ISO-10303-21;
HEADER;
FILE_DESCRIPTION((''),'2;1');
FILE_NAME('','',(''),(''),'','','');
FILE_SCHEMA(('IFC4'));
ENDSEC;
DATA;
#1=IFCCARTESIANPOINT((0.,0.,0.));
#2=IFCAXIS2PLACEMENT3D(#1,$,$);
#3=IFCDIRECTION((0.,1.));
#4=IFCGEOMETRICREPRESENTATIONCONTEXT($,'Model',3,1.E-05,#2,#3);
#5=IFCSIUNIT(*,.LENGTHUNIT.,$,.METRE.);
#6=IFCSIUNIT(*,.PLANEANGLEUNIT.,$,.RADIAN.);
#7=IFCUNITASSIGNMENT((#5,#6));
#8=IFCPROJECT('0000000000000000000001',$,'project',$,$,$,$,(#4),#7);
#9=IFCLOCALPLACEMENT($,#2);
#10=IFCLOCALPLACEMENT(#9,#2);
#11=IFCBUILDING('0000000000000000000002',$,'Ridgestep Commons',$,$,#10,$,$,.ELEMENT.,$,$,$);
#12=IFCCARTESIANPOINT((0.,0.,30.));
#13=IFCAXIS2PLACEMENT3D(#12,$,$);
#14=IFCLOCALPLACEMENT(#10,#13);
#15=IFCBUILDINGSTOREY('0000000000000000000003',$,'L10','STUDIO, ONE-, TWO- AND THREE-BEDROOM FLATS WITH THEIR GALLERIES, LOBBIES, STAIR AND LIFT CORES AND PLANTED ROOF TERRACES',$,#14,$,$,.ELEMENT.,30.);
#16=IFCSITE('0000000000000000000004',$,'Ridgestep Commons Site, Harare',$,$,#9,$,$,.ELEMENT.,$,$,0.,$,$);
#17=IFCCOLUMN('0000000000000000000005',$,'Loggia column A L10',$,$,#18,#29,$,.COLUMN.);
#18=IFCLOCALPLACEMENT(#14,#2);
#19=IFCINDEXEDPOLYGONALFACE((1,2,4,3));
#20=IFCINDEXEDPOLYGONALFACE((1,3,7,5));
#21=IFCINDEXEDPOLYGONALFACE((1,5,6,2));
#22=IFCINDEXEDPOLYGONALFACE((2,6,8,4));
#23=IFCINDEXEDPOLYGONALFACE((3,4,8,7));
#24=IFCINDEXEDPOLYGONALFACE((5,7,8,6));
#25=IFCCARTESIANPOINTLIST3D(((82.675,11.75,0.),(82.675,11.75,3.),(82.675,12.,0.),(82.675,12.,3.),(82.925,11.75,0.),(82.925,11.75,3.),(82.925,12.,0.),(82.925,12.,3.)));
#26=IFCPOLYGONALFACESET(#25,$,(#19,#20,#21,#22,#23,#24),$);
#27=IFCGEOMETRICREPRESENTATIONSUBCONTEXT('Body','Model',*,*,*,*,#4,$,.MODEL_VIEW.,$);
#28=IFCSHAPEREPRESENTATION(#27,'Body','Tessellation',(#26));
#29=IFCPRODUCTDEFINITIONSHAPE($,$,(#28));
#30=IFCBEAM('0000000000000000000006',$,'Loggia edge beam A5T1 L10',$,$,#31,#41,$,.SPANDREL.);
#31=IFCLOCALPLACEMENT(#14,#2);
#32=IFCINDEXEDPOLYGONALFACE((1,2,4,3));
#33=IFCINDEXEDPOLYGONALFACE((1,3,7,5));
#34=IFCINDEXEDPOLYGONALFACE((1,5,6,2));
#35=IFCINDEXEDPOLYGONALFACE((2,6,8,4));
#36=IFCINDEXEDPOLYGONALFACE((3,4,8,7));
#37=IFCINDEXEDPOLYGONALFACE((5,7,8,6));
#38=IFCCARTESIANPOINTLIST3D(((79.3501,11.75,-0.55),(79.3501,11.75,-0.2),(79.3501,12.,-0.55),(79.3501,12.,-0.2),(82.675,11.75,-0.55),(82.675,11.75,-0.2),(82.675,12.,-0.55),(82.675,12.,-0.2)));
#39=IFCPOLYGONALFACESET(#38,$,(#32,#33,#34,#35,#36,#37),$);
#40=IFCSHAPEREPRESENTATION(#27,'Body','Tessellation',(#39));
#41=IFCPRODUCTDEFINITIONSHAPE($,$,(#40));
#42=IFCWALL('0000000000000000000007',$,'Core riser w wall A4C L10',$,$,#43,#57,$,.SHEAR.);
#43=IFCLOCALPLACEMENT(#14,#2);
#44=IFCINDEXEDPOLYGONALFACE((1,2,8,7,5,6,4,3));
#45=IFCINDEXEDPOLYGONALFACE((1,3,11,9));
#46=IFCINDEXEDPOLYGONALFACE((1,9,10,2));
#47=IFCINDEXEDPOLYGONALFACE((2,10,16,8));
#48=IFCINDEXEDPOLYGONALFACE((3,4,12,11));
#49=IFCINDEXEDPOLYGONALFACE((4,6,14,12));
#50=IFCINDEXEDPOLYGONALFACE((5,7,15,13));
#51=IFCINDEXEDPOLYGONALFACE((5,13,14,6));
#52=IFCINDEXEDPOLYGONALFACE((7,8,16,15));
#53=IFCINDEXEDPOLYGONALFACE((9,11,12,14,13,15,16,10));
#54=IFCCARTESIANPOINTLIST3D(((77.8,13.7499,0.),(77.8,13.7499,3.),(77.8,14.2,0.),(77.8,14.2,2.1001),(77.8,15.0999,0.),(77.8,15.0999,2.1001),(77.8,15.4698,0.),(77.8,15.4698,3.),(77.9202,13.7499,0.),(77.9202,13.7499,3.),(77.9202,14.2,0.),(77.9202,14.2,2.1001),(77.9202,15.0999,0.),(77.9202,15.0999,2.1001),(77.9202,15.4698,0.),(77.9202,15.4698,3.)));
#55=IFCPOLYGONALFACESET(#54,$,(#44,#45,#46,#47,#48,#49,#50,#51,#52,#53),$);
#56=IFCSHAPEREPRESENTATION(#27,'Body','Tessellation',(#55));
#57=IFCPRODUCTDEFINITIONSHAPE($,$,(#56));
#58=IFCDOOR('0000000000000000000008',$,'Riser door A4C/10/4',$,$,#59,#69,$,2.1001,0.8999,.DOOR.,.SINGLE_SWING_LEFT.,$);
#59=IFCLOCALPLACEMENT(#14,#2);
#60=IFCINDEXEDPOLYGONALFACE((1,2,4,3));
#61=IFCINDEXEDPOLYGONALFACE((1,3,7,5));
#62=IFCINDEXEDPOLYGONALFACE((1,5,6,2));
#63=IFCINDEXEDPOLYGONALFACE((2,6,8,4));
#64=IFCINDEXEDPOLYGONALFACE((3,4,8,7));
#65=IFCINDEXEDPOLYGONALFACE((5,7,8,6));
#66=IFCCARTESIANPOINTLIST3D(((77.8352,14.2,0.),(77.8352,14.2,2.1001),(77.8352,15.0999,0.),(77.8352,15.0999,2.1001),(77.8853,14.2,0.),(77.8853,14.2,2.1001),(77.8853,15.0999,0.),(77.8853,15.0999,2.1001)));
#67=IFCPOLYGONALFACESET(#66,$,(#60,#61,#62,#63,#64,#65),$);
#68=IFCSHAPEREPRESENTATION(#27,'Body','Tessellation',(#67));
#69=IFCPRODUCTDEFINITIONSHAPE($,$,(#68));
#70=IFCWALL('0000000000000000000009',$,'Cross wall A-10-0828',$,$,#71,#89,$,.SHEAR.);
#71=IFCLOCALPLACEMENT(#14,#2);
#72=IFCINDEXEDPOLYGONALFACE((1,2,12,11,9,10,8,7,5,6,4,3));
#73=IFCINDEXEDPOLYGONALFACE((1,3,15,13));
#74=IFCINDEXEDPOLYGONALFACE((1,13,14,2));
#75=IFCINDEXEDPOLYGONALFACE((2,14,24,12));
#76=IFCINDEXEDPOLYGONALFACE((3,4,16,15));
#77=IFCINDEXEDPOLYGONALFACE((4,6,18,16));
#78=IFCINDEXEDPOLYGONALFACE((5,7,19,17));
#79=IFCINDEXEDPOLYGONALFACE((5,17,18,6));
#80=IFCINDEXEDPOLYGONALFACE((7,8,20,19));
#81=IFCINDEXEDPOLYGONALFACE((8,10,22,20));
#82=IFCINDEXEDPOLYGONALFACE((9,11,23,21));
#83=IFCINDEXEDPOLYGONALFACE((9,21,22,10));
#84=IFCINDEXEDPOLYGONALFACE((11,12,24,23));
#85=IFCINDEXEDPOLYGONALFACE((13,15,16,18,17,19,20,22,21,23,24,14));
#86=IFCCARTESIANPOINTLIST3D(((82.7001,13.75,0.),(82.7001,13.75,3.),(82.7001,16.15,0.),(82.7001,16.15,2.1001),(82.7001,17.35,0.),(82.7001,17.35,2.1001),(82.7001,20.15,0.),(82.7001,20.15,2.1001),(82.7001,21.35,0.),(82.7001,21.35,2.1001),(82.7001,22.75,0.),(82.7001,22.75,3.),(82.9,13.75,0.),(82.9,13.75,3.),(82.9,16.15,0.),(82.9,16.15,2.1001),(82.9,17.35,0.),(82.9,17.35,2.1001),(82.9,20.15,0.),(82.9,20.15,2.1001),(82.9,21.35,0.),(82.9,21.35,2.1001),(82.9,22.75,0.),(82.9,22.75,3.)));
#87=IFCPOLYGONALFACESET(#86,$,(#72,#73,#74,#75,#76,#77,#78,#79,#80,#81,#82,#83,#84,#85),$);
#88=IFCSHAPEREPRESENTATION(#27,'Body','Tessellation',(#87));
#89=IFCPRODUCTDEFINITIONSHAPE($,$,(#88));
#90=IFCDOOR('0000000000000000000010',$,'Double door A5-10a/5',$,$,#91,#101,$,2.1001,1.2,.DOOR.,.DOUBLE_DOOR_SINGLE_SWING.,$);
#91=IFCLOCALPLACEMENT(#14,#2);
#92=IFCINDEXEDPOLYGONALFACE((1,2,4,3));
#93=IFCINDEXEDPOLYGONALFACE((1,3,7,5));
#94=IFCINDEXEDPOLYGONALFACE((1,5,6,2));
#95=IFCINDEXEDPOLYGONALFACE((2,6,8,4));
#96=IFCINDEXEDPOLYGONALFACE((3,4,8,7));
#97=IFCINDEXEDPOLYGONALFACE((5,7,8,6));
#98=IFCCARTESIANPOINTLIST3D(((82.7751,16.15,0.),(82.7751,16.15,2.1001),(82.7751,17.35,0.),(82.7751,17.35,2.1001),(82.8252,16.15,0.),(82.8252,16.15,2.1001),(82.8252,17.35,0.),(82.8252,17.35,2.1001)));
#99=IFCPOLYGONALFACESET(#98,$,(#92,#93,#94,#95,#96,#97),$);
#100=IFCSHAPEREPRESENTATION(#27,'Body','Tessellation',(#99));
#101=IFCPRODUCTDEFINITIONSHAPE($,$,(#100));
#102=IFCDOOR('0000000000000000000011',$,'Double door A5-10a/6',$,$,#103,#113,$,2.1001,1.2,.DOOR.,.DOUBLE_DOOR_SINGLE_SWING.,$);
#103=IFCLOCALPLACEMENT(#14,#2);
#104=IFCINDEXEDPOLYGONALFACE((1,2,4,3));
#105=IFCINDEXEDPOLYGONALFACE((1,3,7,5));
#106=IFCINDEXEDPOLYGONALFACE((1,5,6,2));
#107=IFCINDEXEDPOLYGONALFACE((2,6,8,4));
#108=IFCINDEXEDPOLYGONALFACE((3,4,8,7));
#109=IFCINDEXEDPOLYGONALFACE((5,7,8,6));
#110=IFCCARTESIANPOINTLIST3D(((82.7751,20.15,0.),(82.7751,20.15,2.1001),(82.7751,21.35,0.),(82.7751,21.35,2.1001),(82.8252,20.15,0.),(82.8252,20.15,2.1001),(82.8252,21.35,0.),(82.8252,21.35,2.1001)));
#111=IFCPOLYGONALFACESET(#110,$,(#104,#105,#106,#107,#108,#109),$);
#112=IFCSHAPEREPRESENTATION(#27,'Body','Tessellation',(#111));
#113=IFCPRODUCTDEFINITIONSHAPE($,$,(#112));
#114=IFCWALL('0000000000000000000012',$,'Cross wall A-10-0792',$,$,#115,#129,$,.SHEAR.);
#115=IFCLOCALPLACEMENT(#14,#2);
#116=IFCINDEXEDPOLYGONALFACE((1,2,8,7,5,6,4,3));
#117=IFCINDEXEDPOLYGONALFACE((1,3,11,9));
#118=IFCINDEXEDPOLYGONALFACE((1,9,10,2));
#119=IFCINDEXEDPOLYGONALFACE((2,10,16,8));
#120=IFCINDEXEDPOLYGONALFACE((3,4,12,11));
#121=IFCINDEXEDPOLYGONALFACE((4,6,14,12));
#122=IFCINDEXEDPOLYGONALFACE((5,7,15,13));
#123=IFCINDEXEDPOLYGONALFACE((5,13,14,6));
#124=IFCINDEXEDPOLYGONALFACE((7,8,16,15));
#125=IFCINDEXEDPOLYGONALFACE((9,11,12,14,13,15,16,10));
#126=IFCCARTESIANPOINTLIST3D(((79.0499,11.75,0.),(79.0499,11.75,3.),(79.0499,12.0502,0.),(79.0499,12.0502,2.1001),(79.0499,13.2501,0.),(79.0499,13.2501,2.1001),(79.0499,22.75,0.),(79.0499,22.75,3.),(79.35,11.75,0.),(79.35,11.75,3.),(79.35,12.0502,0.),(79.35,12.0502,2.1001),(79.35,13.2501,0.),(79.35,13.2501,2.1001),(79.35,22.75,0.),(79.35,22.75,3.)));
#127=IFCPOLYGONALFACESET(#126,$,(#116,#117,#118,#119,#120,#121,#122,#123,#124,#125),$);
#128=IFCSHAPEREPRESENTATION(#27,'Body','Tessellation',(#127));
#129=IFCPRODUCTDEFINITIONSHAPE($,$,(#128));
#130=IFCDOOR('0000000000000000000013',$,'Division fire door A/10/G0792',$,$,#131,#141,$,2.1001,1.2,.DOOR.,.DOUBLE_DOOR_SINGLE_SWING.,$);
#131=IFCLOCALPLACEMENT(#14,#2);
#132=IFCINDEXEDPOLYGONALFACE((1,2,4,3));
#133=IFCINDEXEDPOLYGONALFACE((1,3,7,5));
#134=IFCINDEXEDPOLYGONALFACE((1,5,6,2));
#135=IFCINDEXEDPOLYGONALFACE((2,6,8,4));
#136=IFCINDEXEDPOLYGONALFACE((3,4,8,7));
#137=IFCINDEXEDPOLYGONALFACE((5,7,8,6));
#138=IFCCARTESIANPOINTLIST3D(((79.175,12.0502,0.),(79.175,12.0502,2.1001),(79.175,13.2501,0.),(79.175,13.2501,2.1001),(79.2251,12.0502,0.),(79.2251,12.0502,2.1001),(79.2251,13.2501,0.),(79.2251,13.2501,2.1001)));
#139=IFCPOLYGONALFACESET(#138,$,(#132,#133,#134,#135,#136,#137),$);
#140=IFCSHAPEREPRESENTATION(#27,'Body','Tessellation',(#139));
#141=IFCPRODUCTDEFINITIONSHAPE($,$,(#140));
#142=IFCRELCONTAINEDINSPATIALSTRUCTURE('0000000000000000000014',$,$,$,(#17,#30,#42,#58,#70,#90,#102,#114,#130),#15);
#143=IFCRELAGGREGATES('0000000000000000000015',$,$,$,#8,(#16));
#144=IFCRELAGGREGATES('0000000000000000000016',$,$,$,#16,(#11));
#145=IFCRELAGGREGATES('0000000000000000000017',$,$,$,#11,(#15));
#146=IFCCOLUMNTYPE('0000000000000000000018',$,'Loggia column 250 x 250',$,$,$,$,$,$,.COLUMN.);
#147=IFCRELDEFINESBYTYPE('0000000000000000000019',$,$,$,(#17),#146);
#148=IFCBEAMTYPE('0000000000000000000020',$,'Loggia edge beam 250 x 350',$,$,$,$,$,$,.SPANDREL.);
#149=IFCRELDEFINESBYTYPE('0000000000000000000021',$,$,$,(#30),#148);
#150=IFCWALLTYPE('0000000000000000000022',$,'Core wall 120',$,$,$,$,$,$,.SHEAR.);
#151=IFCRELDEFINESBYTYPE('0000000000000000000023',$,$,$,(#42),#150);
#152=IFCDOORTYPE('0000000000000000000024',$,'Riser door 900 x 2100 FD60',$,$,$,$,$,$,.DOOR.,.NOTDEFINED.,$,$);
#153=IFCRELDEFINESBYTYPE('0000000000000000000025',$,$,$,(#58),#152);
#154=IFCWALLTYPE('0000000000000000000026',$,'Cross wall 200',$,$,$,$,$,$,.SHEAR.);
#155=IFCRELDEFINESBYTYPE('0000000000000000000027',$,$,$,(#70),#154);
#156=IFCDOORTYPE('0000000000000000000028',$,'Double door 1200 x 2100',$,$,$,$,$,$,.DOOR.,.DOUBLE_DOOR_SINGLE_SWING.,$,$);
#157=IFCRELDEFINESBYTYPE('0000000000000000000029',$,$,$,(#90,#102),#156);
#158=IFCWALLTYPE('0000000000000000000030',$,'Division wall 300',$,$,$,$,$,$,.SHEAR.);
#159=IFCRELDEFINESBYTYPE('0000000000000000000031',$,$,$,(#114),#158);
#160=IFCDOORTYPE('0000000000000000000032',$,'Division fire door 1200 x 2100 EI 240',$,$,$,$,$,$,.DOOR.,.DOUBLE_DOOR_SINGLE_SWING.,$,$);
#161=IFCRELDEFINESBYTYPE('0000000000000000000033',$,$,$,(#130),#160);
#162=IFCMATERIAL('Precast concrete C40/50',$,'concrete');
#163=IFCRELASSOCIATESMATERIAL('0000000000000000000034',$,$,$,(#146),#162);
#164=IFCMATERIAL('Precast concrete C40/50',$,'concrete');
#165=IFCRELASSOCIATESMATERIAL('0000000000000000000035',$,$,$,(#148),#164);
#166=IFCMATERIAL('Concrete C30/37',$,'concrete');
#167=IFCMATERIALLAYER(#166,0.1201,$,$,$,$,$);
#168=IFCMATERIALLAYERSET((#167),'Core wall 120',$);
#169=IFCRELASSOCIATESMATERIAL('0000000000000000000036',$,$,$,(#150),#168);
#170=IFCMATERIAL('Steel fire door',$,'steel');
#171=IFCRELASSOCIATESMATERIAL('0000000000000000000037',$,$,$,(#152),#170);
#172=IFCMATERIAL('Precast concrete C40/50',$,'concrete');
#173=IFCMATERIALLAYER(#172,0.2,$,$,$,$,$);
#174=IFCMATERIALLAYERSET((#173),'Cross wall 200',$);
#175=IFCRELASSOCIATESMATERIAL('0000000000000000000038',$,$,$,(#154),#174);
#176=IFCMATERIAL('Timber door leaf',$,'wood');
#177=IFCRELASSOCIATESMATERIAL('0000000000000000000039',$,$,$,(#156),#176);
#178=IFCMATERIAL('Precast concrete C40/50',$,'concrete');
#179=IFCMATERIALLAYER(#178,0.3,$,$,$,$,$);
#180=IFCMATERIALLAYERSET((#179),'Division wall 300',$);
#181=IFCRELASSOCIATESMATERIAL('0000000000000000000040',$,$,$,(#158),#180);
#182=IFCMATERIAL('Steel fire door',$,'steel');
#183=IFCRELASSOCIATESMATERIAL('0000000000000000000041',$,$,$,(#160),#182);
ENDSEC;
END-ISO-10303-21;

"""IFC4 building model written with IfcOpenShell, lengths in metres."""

from ifc_helpers import new_model, si_unit, direction, frame, frame_2d, origin, origin_2d, place, context, subcontext, project, spatial, rectangle, extrude, material, layer, layer_set, material_profile, profile_set, type_object, element, fill, save


model = new_model("IFC4")

# Units and contexts
model_context = context("Model", 3, precision=1e-05, world=origin(), true_north=direction((0.0, 1.0)))
body_context = subcontext(model_context, "Body", "Model", "MODEL_VIEW")
ifc_project = project(units=[si_unit("LENGTHUNIT", "METRE"), si_unit("PLANEANGLEUNIT", "RADIAN")], contexts=[model_context])

# Site, building, storey
site_placement = place(None, origin())
site = spatial("IfcSite", under=ifc_project, at=site_placement, Name="Ridgestep Commons Site, Harare", CompositionType="ELEMENT", RefElevation=0.0)
building_placement = place(site_placement, origin())
building = spatial("IfcBuilding", under=site, at=building_placement, Name="Ridgestep Commons", CompositionType="ELEMENT")
storey_placement = place(building_placement, frame((0.0, 0.0, 30.0)))
storey = spatial("IfcBuildingStorey", under=building, at=storey_placement, Name="L10", Description="STUDIO, ONE-, TWO- AND THREE-BEDROOM FLATS WITH THEIR GALLERIES, LOBBIES, STAIR AND LIFT CORES AND PLANTED ROOF TERRACES", CompositionType="ELEMENT", Elevation=30.0)

# Column
ifc_material_1 = material(Name="Precast concrete C40/50", Category="concrete")
ifc_material_profile_1 = material_profile(ifc_material_1, rectangle(XDim=0.25, YDim=0.25, at=origin_2d()), Name="PC 250x250")
ifc_profile_set_1 = profile_set([ifc_material_profile_1], Name="Precast concrete C40/50")
column_type = type_object("IfcColumnType", Name="Loggia column 250 x 250", PredefinedType="COLUMN", material=ifc_profile_set_1)
column_placement = place(storey_placement, frame((82.8, 11.875, 0.0), z_axis=(0.0, 0.0, 1.0), x_axis=(1.0, 0.0, 0.0)))
element("IfcColumn", 1, at=column_placement, inside=storey, type_object=column_type, Name="Loggia column A L10", PredefinedType="COLUMN", context=body_context, shape_type="SweptSolid", body=[
    extrude(rectangle(XDim=0.25, YDim=0.25, at=origin_2d()), origin(), (0.0, 0.0, 1.0), 3.0),
])

# Beam
ifc_material_2 = material(Name="Precast concrete C40/50", Category="concrete")
ifc_material_profile_2 = material_profile(ifc_material_2, rectangle(XDim=0.25, YDim=0.3501, at=origin_2d()), Name="PC 250x350")
ifc_profile_set_2 = profile_set([ifc_material_profile_2], Name="Precast concrete C40/50")
beam_type = type_object("IfcBeamType", Name="Loggia edge beam 250 x 350", PredefinedType="SPANDREL", material=ifc_profile_set_2)
beam_placement = place(storey_placement, frame((79.3501, 11.875, -0.375), z_axis=(1.0, 0.0, 0.0), x_axis=(0.0, 1.0, 0.0)))
element("IfcBeam", 2, at=beam_placement, inside=storey, type_object=beam_type, Name="Loggia edge beam A5T1 L10", PredefinedType="SPANDREL", context=body_context, shape_type="SweptSolid", body=[
    extrude(rectangle(XDim=0.25, YDim=0.3501, at=origin_2d()), origin(), (0.0, 0.0, 1.0), 3.325),
])

# Wall, opening, door
ifc_material_3 = material(Name="Concrete C30/37", Category="concrete")
ifc_layer_1 = layer(ifc_material_3, 0.1201)
ifc_layer_set_1 = layer_set([ifc_layer_1], Name="Core wall 120")
wall_type_1 = type_object("IfcWallType", Name="Core wall 120", PredefinedType="SHEAR", material=ifc_layer_set_1)
wall_1_placement = place(storey_placement, frame((77.8601, 13.75, 0.0), z_axis=(0.0, 0.0, 1.0), x_axis=(0.0, 1.0, 0.0)))
wall_1 = element("IfcWall", 3, at=wall_1_placement, inside=storey, type_object=wall_type_1, Name="Core riser w wall A4C L10", PredefinedType="SHEAR", context=body_context, shape_type="SweptSolid", body=[
    extrude(rectangle(XDim=1.72, YDim=0.1201, at=frame_2d((0.8599, 0.0))), origin(), (0.0, 0.0, 1.0), 3.0),
])
opening_1_placement = place(wall_1_placement, frame((0.45, 0.0, 0.0)))
opening_1 = element("IfcOpeningElement", 4, at=opening_1_placement, cuts=wall_1, PredefinedType="OPENING", context=body_context, shape_type="SweptSolid", body=[
    extrude(rectangle(XDim=0.8999, YDim=2.1001, at=frame_2d((0.45, 1.05))), frame((0.0, 0.0701, 0.0), z_axis=(0.0, -1.0, 0.0), x_axis=(1.0, 0.0, 0.0)), (0.0, 0.0, 1.0), 0.1401),
])
ifc_material_4 = material(Name="Steel fire door", Category="steel")
door_type_1 = type_object("IfcDoorType", Name="Riser door 900 x 2100 FD60", OperationType="NOTDEFINED", PredefinedType="DOOR", material=ifc_material_4)
door_1_placement = place(opening_1_placement, origin())
door_1 = element("IfcDoor", 5, at=door_1_placement, inside=storey, type_object=door_type_1, Name="Riser door A4C/10/4", OperationType="SINGLE_SWING_LEFT", OverallHeight=2.1001, OverallWidth=0.8999, PredefinedType="DOOR", context=body_context, shape_type="SweptSolid", body=[
    extrude(rectangle(XDim=0.8999, YDim=2.1001, at=frame_2d((0.45, 1.05))), frame((0.0, 0.0249, 0.0), z_axis=(0.0, -1.0, 0.0), x_axis=(1.0, 0.0, 0.0)), (0.0, 0.0, 1.0), 0.05),
])
fill(opening_1, door_1)

# Wall, openings, doors
ifc_material_5 = material(Name="Precast concrete C40/50", Category="concrete")
ifc_layer_2 = layer(ifc_material_5, 0.2)
ifc_layer_set_2 = layer_set([ifc_layer_2], Name="Cross wall 200")
wall_type_2 = type_object("IfcWallType", Name="Cross wall 200", PredefinedType="SHEAR", material=ifc_layer_set_2)
wall_2_placement = place(storey_placement, frame((82.8, 13.75, 0.0), z_axis=(0.0, 0.0, 1.0), x_axis=(0.0, 1.0, 0.0)))
wall_2 = element("IfcWall", 6, at=wall_2_placement, inside=storey, type_object=wall_type_2, Name="Cross wall A-10-0828", PredefinedType="SHEAR", context=body_context, shape_type="SweptSolid", body=[
    extrude(rectangle(XDim=9.0, YDim=0.2, at=frame_2d((4.5, 0.0))), origin(), (0.0, 0.0, 1.0), 3.0),
])
opening_2_placement = place(wall_2_placement, frame((2.3999, 0.0, 0.0)))
opening_2 = element("IfcOpeningElement", 7, at=opening_2_placement, cuts=wall_2, PredefinedType="OPENING", context=body_context, shape_type="SweptSolid", body=[
    extrude(rectangle(XDim=1.2, YDim=2.1001, at=frame_2d((0.6001, 1.05))), frame((0.0, 0.1099, 0.0), z_axis=(0.0, -1.0, 0.0), x_axis=(1.0, 0.0, 0.0)), (0.0, 0.0, 1.0), 0.22),
])
opening_3_placement = place(wall_2_placement, frame((6.3999, 0.0, 0.0)))
opening_3 = element("IfcOpeningElement", 8, at=opening_3_placement, cuts=wall_2, PredefinedType="OPENING", context=body_context, shape_type="SweptSolid", body=[
    extrude(rectangle(XDim=1.2, YDim=2.1001, at=frame_2d((0.6001, 1.05))), frame((0.0, 0.1099, 0.0), z_axis=(0.0, -1.0, 0.0), x_axis=(1.0, 0.0, 0.0)), (0.0, 0.0, 1.0), 0.22),
])
ifc_material_6 = material(Name="Timber door leaf", Category="wood")
door_type_2 = type_object("IfcDoorType", Name="Double door 1200 x 2100", OperationType="DOUBLE_DOOR_SINGLE_SWING", PredefinedType="DOOR", material=ifc_material_6)
door_2_placement = place(opening_2_placement, origin())
door_2 = element("IfcDoor", 9, at=door_2_placement, inside=storey, type_object=door_type_2, Name="Double door A5-10a/5", OperationType="DOUBLE_DOOR_SINGLE_SWING", OverallHeight=2.1001, OverallWidth=1.2, PredefinedType="DOOR", context=body_context, shape_type="SweptSolid", body=[
    extrude(rectangle(XDim=1.2, YDim=2.1001, at=frame_2d((0.6001, 1.05))), frame((0.0, 0.0249, 0.0), z_axis=(0.0, -1.0, 0.0), x_axis=(1.0, 0.0, 0.0)), (0.0, 0.0, 1.0), 0.05),
])
fill(opening_2, door_2)
door_3_placement = place(opening_3_placement, origin())
door_3 = element("IfcDoor", 10, at=door_3_placement, inside=storey, type_object=door_type_2, Name="Double door A5-10a/6", OperationType="DOUBLE_DOOR_SINGLE_SWING", OverallHeight=2.1001, OverallWidth=1.2, PredefinedType="DOOR", context=body_context, shape_type="SweptSolid", body=[
    extrude(rectangle(XDim=1.2, YDim=2.1001, at=frame_2d((0.6001, 1.05))), frame((0.0, 0.0249, 0.0), z_axis=(0.0, -1.0, 0.0), x_axis=(1.0, 0.0, 0.0)), (0.0, 0.0, 1.0), 0.05),
])
fill(opening_3, door_3)

# Wall, opening, door
ifc_material_7 = material(Name="Precast concrete C40/50", Category="concrete")
ifc_layer_3 = layer(ifc_material_7, 0.3)
ifc_layer_set_3 = layer_set([ifc_layer_3], Name="Division wall 300")
wall_type_3 = type_object("IfcWallType", Name="Division wall 300", PredefinedType="SHEAR", material=ifc_layer_set_3)
wall_3_placement = place(storey_placement, frame((79.2, 11.75, 0.0), z_axis=(0.0, 0.0, 1.0), x_axis=(0.0, 1.0, 0.0)))
wall_3 = element("IfcWall", 11, at=wall_3_placement, inside=storey, type_object=wall_type_3, Name="Cross wall A-10-0792", PredefinedType="SHEAR", context=body_context, shape_type="SweptSolid", body=[
    extrude(rectangle(XDim=11.0, YDim=0.3, at=frame_2d((5.5, 0.0))), origin(), (0.0, 0.0, 1.0), 3.0),
])
opening_4_placement = place(wall_3_placement, frame((0.3, 0.0, 0.0)))
opening_4 = element("IfcOpeningElement", 12, at=opening_4_placement, cuts=wall_3, PredefinedType="OPENING", context=body_context, shape_type="SweptSolid", body=[
    extrude(rectangle(XDim=1.2, YDim=2.1001, at=frame_2d((0.6001, 1.05))), frame((0.0, 0.1599, 0.0), z_axis=(0.0, -1.0, 0.0), x_axis=(1.0, 0.0, 0.0)), (0.0, 0.0, 1.0), 0.3201),
])
ifc_material_8 = material(Name="Steel fire door", Category="steel")
door_type_3 = type_object("IfcDoorType", Name="Division fire door 1200 x 2100 EI 240", OperationType="DOUBLE_DOOR_SINGLE_SWING", PredefinedType="DOOR", material=ifc_material_8)
door_4_placement = place(opening_4_placement, origin())
door_4 = element("IfcDoor", 13, at=door_4_placement, inside=storey, type_object=door_type_3, Name="Division fire door A/10/G0792", OperationType="DOUBLE_DOOR_SINGLE_SWING", OverallHeight=2.1001, OverallWidth=1.2, PredefinedType="DOOR", context=body_context, shape_type="SweptSolid", body=[
    extrude(rectangle(XDim=1.2, YDim=2.1001, at=frame_2d((0.6001, 1.05))), frame((0.0, 0.0249, 0.0), z_axis=(0.0, -1.0, 0.0), x_axis=(1.0, 0.0, 0.0)), (0.0, 0.0, 1.0), 0.05),
])
fill(opening_4, door_4)

save(model, "model.ifc")
